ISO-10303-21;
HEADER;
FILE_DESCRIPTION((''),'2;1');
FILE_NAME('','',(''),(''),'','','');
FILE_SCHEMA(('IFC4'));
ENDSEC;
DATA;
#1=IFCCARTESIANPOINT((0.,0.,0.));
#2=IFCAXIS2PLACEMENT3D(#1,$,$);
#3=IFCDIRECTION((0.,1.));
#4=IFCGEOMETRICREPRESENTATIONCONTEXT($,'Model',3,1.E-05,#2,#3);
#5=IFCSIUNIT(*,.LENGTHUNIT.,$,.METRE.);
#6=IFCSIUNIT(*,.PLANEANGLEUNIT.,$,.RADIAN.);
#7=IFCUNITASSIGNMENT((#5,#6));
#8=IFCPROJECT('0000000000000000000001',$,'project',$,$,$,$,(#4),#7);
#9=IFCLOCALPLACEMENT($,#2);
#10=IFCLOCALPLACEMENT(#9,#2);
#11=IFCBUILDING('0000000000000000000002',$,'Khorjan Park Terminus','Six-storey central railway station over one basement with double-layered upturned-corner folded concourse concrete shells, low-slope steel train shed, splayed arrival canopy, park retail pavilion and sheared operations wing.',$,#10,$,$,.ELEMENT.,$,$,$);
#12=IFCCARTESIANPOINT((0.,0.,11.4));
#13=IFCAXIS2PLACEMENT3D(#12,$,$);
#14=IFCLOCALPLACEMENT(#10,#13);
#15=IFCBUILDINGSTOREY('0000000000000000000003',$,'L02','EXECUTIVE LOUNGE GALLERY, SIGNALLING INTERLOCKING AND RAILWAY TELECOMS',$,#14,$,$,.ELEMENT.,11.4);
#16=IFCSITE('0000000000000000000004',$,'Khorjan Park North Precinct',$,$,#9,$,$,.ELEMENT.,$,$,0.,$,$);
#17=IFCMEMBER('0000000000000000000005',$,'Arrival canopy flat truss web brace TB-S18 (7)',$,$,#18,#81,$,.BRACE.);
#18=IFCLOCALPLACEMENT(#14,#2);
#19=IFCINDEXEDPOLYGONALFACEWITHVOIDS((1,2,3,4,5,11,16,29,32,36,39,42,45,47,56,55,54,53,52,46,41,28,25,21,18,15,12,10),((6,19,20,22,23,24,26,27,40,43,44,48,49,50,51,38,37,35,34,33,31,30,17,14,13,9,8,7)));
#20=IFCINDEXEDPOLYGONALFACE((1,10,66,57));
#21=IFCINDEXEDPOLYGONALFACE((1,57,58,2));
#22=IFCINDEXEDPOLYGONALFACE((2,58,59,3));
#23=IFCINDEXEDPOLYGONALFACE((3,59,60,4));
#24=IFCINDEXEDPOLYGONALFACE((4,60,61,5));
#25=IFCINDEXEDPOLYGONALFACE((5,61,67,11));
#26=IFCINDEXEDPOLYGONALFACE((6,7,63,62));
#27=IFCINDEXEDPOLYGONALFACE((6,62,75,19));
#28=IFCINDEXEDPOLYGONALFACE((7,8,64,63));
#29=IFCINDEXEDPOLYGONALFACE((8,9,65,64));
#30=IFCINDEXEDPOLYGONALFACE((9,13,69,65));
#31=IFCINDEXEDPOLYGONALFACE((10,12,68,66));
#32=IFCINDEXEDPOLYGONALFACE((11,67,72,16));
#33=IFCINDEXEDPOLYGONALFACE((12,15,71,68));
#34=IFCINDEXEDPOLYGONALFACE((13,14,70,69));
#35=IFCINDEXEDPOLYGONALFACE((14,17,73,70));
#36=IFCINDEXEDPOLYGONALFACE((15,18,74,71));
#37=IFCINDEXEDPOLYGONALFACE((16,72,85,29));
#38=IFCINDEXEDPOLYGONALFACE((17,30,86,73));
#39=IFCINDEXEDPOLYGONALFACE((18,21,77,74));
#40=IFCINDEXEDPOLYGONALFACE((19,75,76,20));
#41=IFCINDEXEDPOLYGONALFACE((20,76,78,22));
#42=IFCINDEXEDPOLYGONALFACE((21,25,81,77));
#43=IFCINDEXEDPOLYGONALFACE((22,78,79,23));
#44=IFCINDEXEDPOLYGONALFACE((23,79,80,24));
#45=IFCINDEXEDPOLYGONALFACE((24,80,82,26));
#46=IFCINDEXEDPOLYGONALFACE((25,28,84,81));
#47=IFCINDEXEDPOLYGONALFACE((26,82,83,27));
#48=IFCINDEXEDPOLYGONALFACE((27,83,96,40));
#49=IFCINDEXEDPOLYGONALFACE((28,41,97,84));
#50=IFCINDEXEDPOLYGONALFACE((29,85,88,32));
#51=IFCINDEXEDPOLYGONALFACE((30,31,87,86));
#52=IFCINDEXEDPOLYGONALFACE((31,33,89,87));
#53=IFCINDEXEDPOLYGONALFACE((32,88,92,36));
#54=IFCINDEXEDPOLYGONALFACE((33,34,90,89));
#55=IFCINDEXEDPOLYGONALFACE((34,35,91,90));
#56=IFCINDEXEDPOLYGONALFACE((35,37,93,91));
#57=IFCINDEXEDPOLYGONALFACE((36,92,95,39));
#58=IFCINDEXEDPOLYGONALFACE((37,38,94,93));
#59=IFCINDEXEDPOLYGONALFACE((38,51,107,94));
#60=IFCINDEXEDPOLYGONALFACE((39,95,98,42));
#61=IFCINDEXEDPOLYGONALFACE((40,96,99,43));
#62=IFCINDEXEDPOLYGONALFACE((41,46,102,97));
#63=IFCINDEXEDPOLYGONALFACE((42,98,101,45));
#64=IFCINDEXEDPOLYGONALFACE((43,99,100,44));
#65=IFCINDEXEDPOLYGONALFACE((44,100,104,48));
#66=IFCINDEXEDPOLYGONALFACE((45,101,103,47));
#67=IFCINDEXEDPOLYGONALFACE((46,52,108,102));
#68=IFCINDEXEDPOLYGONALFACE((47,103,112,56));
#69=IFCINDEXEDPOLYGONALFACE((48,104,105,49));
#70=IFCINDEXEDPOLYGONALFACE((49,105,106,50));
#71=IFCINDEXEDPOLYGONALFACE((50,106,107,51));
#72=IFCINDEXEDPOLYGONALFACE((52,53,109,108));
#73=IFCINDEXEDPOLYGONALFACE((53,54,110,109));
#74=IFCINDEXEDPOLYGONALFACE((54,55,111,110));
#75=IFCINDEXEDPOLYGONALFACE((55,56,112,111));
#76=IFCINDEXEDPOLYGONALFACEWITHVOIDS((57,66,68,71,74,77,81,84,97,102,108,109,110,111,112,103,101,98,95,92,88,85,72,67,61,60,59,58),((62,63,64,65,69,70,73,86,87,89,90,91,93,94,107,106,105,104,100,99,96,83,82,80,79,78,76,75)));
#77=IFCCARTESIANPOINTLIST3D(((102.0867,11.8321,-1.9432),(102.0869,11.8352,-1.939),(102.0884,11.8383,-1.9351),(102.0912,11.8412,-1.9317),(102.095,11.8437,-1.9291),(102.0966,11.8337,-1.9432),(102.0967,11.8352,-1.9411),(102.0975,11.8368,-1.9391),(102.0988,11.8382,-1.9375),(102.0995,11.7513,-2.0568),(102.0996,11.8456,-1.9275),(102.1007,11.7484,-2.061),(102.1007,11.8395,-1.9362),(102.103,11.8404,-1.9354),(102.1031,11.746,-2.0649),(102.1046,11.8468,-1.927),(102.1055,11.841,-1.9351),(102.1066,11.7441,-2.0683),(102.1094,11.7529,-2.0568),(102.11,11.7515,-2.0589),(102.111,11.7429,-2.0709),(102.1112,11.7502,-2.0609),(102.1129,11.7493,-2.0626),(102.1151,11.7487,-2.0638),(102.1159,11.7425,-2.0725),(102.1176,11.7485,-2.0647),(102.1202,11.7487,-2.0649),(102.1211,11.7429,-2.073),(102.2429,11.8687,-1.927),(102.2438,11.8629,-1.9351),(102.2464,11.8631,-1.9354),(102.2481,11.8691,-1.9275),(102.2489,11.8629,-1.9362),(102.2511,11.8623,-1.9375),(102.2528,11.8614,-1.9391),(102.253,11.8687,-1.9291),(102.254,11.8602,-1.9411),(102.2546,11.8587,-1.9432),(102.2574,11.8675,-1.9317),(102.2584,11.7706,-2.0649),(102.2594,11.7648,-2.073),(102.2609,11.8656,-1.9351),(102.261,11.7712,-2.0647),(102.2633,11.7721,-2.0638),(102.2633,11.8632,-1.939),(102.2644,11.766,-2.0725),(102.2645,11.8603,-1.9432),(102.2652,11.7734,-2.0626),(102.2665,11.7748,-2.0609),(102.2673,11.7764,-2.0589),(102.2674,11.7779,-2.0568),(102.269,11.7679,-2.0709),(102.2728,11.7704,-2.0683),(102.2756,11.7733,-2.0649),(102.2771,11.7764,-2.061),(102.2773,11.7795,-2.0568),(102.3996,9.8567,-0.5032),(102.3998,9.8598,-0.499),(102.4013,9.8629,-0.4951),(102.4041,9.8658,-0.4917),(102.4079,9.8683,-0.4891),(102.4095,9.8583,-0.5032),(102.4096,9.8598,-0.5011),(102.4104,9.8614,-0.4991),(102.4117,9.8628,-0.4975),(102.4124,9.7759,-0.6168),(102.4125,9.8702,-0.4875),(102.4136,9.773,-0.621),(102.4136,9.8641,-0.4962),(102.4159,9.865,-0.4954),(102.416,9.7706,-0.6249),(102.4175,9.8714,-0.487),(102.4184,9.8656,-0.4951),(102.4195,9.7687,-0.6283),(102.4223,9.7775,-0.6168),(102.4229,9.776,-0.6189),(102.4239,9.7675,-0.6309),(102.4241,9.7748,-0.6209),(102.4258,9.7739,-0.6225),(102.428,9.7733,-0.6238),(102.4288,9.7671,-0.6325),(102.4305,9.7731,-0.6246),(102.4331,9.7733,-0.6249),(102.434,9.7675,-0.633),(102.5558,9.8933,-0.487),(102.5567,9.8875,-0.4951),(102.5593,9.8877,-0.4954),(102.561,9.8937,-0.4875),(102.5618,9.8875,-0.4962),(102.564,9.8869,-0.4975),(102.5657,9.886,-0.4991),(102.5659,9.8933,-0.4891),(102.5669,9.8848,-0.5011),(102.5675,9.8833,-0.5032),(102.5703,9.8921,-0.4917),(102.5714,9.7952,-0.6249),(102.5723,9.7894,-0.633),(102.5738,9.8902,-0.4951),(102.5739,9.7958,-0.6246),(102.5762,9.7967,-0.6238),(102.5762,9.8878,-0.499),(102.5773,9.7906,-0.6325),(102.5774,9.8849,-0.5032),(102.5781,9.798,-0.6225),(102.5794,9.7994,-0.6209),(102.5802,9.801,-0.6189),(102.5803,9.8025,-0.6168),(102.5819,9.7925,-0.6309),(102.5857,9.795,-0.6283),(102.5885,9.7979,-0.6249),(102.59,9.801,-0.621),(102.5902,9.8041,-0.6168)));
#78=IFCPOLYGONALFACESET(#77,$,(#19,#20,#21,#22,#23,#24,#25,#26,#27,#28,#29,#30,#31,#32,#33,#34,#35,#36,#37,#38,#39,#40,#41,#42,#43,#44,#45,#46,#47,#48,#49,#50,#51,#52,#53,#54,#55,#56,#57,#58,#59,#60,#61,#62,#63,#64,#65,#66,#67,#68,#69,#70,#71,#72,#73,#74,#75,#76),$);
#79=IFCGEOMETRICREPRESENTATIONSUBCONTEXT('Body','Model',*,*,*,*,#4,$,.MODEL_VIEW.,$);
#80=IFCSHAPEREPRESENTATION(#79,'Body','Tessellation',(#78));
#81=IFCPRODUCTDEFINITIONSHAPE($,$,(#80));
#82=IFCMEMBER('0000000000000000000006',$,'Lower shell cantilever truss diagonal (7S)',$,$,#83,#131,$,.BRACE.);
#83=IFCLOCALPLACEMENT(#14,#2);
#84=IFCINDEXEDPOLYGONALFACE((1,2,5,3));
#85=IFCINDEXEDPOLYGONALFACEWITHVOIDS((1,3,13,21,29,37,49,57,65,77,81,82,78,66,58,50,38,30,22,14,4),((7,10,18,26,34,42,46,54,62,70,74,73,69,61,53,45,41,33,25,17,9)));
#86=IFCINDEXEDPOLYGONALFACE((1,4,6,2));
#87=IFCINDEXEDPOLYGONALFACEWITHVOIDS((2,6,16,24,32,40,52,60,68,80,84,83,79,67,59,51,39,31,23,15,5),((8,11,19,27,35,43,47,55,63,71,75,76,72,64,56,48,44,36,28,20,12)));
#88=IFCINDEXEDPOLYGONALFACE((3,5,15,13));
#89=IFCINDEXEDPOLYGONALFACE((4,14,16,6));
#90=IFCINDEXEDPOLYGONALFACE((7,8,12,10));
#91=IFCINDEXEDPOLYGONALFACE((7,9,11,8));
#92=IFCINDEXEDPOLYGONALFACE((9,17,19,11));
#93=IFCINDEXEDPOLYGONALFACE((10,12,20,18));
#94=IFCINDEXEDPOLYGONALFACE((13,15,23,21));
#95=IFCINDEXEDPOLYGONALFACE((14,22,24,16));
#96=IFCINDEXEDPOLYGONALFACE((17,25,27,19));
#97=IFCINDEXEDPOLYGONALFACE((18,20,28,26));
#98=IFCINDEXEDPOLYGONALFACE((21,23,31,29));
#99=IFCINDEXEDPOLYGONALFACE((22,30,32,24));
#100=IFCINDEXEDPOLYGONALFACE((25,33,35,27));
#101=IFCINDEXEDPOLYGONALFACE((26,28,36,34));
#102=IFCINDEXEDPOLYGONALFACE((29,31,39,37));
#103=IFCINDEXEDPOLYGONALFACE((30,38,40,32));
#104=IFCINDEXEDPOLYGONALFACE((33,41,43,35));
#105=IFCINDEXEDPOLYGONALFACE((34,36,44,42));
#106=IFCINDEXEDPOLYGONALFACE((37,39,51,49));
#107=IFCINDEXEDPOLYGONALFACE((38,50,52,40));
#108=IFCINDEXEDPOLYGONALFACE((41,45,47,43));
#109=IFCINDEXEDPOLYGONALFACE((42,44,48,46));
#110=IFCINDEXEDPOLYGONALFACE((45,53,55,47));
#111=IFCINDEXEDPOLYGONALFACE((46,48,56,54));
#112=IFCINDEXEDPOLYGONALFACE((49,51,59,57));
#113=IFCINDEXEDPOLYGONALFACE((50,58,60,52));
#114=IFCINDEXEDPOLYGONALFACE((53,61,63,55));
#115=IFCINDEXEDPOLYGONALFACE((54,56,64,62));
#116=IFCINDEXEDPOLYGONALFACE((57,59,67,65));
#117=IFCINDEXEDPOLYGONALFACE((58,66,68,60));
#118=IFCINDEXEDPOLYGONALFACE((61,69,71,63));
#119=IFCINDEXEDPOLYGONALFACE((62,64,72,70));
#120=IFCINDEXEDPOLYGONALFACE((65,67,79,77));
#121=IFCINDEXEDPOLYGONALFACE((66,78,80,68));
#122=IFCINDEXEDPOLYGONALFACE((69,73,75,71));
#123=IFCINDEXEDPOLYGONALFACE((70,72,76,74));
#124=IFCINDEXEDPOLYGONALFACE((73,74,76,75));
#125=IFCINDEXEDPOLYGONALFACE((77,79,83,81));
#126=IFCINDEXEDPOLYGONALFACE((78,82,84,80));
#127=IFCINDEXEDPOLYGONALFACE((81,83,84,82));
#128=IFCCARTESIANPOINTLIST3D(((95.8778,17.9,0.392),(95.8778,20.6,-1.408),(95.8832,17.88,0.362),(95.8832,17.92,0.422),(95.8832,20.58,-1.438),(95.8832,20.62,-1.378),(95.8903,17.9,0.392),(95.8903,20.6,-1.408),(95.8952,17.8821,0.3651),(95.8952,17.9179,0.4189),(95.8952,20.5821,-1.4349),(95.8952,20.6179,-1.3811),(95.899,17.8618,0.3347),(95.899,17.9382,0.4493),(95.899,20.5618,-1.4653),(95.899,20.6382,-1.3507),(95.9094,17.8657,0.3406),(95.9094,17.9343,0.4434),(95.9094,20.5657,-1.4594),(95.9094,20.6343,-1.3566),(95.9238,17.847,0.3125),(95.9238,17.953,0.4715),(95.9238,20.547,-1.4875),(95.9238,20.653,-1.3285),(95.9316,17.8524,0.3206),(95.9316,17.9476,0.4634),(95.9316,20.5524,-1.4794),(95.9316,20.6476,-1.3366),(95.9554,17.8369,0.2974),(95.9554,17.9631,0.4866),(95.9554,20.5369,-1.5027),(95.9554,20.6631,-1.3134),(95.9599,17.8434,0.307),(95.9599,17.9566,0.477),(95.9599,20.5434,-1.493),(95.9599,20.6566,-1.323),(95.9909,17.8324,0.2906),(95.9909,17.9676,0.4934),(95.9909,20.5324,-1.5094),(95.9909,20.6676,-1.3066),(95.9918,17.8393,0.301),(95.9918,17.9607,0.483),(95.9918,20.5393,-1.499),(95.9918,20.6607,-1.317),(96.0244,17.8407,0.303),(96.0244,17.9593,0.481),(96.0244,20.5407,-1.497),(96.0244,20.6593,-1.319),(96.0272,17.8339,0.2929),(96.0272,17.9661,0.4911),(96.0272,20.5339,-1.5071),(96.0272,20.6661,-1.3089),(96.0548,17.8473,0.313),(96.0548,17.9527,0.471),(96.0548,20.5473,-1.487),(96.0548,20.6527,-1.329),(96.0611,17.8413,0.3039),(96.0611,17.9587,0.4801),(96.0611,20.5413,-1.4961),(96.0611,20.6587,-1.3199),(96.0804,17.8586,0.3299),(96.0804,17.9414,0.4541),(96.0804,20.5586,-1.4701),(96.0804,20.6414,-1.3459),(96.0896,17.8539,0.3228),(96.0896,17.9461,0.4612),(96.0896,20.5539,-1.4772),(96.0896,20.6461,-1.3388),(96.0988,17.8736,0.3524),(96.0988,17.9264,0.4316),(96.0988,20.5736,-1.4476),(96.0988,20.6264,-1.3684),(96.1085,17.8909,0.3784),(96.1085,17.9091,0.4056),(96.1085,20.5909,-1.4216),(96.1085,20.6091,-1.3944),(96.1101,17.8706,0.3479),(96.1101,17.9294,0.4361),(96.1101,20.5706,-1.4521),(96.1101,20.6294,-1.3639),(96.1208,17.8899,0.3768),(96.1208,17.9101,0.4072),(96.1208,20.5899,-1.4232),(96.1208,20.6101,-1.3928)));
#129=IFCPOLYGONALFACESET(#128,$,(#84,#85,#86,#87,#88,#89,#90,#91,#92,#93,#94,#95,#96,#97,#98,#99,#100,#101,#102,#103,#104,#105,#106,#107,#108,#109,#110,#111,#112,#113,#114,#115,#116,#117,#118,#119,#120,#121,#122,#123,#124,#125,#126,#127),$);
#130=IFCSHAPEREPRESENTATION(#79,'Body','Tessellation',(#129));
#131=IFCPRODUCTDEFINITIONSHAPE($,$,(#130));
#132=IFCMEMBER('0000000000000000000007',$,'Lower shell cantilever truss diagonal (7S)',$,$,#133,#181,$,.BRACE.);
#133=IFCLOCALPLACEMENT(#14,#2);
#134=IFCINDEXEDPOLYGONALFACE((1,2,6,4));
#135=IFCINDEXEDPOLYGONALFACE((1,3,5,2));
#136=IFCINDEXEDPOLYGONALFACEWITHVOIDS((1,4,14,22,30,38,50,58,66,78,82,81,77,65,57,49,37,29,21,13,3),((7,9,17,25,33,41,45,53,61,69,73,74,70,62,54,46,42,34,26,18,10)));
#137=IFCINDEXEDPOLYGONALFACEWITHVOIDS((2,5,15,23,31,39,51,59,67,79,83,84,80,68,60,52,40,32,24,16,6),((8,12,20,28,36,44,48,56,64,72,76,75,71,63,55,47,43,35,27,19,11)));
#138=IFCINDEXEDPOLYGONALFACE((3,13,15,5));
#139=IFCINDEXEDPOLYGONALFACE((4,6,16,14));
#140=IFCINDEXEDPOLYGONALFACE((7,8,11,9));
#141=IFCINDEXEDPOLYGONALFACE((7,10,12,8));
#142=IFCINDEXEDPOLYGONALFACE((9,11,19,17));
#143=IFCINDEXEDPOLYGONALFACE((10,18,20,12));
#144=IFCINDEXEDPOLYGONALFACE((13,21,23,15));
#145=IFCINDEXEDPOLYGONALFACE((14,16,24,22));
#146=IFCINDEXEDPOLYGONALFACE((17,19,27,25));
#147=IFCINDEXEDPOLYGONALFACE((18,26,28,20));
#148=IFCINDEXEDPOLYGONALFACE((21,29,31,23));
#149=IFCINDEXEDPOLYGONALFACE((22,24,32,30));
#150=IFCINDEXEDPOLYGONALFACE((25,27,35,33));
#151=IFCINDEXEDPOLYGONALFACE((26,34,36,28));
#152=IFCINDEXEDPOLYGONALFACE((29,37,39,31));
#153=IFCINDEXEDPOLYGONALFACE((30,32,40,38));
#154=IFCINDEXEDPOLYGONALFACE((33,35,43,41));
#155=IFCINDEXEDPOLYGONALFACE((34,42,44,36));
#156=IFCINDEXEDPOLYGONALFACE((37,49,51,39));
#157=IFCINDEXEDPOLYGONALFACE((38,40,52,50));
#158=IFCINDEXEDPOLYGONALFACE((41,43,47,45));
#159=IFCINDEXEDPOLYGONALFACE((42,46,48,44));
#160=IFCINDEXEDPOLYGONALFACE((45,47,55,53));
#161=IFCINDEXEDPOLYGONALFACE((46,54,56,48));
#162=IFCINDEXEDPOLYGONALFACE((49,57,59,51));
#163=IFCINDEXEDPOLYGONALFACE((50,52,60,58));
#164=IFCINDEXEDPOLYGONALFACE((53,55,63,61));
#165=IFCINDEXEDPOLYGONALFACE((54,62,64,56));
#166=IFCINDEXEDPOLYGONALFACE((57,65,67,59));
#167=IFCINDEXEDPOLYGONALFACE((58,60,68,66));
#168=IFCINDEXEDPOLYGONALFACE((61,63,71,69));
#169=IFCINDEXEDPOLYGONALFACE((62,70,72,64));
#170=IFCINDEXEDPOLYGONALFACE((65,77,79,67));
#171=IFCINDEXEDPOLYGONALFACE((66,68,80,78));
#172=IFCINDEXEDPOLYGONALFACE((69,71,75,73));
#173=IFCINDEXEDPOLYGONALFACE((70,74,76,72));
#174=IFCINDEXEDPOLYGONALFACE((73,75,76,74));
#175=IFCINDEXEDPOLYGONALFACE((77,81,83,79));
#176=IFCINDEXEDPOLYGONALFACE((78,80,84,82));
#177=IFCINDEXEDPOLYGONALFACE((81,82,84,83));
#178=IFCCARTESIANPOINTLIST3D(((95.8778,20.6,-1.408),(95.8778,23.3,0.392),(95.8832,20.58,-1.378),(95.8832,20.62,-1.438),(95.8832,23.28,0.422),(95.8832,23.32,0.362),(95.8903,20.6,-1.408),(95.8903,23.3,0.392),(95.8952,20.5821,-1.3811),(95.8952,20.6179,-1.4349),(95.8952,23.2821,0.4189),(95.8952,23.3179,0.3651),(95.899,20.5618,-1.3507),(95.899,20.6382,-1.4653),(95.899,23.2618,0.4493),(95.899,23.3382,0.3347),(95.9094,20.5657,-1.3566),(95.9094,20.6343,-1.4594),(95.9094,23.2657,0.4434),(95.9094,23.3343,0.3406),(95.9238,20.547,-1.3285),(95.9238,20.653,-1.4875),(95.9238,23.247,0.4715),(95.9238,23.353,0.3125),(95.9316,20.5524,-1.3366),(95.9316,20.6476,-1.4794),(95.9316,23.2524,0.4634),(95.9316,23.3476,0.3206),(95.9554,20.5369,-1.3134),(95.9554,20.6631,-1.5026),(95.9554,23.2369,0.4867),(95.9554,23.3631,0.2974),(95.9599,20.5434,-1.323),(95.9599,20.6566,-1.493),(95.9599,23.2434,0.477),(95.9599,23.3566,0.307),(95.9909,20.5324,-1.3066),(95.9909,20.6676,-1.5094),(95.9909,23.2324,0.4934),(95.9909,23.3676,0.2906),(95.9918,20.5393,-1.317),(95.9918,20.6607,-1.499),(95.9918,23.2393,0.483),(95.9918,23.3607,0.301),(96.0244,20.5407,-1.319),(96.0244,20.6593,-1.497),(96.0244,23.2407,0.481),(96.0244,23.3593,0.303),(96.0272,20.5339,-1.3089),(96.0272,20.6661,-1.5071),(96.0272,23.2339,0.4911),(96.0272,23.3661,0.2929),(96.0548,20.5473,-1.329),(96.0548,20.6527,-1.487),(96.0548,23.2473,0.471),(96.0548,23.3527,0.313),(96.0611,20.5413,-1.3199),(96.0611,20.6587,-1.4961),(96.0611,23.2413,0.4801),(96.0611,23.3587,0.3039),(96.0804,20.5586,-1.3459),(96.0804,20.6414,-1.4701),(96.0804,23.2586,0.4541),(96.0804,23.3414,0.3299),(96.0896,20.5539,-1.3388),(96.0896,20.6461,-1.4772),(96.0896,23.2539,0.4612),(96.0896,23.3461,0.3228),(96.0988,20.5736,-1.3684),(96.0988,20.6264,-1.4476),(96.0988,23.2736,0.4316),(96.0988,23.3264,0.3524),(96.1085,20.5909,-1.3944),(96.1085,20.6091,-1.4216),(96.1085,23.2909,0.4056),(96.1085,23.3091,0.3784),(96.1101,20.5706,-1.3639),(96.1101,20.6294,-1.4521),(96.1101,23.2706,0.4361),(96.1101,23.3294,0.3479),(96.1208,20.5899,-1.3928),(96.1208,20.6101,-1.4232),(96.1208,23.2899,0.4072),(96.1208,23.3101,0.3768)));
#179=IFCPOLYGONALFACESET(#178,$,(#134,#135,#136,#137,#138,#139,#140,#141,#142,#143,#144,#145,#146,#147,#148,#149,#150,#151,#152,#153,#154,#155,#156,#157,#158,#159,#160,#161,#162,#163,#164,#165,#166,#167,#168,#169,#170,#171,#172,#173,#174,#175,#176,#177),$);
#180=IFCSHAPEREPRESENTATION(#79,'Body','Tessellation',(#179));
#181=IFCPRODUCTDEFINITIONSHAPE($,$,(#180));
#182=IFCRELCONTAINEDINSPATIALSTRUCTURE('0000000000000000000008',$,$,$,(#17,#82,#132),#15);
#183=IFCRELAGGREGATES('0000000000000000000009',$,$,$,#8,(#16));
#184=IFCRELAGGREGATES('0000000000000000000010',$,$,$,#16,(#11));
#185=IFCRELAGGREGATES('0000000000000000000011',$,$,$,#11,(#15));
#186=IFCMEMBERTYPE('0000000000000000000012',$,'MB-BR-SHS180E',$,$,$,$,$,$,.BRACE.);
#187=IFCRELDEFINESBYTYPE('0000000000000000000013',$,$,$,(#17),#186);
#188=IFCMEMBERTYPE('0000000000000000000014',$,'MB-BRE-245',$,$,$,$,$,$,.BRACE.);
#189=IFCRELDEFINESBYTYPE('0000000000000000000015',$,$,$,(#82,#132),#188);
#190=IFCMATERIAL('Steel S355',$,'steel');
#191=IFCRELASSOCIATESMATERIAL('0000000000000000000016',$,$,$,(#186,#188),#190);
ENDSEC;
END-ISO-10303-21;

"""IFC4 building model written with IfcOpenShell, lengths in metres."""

from ifc_helpers import new_model, si_unit, direction, frame, origin, origin_2d, place, context, subcontext, project, spatial, hollow_rectangle, hollow_circle, extrude, material, material_profile, profile_set, type_object, element, save


model = new_model("IFC4")

# Units and contexts
model_context = context("Model", 3, precision=1e-05, world=origin(), true_north=direction((0.0, 1.0)))
body_context = subcontext(model_context, "Body", "Model", "MODEL_VIEW")
ifc_project = project(units=[si_unit("LENGTHUNIT", "METRE"), si_unit("PLANEANGLEUNIT", "RADIAN")], contexts=[model_context])

# Site, building, storey
site_placement = place(None, origin())
site = spatial("IfcSite", under=ifc_project, at=site_placement, Name="Khorjan Park North Precinct", CompositionType="ELEMENT", RefElevation=0.0)
building_placement = place(site_placement, origin())
building = spatial("IfcBuilding", under=site, at=building_placement, Name="Khorjan Park Terminus", Description="Six-storey central railway station over one basement with double-layered upturned-corner folded concourse concrete shells, low-slope steel train shed, splayed arrival canopy, park retail pavilion and sheared operations wing.", CompositionType="ELEMENT")
storey_placement = place(building_placement, frame((0.0, 0.0, 11.4)))
storey = spatial("IfcBuildingStorey", under=building, at=storey_placement, Name="L02", Description="EXECUTIVE LOUNGE GALLERY, SIGNALLING INTERLOCKING AND RAILWAY TELECOMS", CompositionType="ELEMENT", Elevation=11.4)

# Members
ifc_material_1 = material(Name="Steel S355", Category="steel")
ifc_material_profile_1 = material_profile(ifc_material_1, hollow_rectangle(XDim=0.18, YDim=0.18, WallThickness=0.01, InnerFilletRadius=0.01, OuterFilletRadius=0.02, at=origin_2d()), Name="SHS 180x180x10")
ifc_profile_set_1 = profile_set([ifc_material_profile_1], Name="Steel S355")
member_type_1 = type_object("IfcMemberType", Name="MB-BR-SHS180E", PredefinedType="BRACE", material=ifc_profile_set_1)
member_1_placement = place(storey_placement, frame((102.4949, 9.8304, -0.56), z_axis=(-0.126963, 0.801545, -0.584299), x_axis=(-0.987686, -0.156448, 0.0)))
element("IfcMember", 1, at=member_1_placement, inside=storey, type_object=member_type_1, Name="Arrival canopy flat truss web brace TB-S18 (7)", PredefinedType="BRACE", context=body_context, shape_type="SweptSolid", body=[
    extrude(hollow_rectangle(XDim=0.18, YDim=0.18, WallThickness=0.01, InnerFilletRadius=0.01, OuterFilletRadius=0.02, at=origin_2d()), origin(), (0.0, 0.0, 1.0), 2.4645),
])
ifc_material_profile_2 = material_profile(ifc_material_1, hollow_circle(Radius=0.1222, WallThickness=0.0125, at=origin_2d()), Name="CHS 244.5x12.5")
ifc_profile_set_2 = profile_set([ifc_material_profile_2], Name="Steel S355")
member_type_2 = type_object("IfcMemberType", Name="MB-BRE-245", PredefinedType="BRACE", material=ifc_profile_set_2)
for number, where, z_axis, x_axis, name in (
    (2, (96.0, 17.9, 0.392), (0.0, 0.83205, -0.5547), (-1.0, 0.0, 0.0), "Lower shell cantilever truss diagonal (7S)"),
    (3, (96.0, 20.6, -1.408), (0.0, 0.83205, 0.5547), (-1.0, 0.0, 0.0), "Lower shell cantilever truss diagonal (7S)"),
):
    element("IfcMember", number, at=place(storey_placement, frame(where, z_axis=z_axis, x_axis=x_axis)), inside=storey, type_object=member_type_2, Name=name, PredefinedType="BRACE", context=body_context, shape_type="SweptSolid", body=[
        extrude(hollow_circle(Radius=0.1222, WallThickness=0.0125, at=origin_2d()), origin(), (0.0, 0.0, 1.0), 3.245),
    ])

save(model, "model.ifc")
